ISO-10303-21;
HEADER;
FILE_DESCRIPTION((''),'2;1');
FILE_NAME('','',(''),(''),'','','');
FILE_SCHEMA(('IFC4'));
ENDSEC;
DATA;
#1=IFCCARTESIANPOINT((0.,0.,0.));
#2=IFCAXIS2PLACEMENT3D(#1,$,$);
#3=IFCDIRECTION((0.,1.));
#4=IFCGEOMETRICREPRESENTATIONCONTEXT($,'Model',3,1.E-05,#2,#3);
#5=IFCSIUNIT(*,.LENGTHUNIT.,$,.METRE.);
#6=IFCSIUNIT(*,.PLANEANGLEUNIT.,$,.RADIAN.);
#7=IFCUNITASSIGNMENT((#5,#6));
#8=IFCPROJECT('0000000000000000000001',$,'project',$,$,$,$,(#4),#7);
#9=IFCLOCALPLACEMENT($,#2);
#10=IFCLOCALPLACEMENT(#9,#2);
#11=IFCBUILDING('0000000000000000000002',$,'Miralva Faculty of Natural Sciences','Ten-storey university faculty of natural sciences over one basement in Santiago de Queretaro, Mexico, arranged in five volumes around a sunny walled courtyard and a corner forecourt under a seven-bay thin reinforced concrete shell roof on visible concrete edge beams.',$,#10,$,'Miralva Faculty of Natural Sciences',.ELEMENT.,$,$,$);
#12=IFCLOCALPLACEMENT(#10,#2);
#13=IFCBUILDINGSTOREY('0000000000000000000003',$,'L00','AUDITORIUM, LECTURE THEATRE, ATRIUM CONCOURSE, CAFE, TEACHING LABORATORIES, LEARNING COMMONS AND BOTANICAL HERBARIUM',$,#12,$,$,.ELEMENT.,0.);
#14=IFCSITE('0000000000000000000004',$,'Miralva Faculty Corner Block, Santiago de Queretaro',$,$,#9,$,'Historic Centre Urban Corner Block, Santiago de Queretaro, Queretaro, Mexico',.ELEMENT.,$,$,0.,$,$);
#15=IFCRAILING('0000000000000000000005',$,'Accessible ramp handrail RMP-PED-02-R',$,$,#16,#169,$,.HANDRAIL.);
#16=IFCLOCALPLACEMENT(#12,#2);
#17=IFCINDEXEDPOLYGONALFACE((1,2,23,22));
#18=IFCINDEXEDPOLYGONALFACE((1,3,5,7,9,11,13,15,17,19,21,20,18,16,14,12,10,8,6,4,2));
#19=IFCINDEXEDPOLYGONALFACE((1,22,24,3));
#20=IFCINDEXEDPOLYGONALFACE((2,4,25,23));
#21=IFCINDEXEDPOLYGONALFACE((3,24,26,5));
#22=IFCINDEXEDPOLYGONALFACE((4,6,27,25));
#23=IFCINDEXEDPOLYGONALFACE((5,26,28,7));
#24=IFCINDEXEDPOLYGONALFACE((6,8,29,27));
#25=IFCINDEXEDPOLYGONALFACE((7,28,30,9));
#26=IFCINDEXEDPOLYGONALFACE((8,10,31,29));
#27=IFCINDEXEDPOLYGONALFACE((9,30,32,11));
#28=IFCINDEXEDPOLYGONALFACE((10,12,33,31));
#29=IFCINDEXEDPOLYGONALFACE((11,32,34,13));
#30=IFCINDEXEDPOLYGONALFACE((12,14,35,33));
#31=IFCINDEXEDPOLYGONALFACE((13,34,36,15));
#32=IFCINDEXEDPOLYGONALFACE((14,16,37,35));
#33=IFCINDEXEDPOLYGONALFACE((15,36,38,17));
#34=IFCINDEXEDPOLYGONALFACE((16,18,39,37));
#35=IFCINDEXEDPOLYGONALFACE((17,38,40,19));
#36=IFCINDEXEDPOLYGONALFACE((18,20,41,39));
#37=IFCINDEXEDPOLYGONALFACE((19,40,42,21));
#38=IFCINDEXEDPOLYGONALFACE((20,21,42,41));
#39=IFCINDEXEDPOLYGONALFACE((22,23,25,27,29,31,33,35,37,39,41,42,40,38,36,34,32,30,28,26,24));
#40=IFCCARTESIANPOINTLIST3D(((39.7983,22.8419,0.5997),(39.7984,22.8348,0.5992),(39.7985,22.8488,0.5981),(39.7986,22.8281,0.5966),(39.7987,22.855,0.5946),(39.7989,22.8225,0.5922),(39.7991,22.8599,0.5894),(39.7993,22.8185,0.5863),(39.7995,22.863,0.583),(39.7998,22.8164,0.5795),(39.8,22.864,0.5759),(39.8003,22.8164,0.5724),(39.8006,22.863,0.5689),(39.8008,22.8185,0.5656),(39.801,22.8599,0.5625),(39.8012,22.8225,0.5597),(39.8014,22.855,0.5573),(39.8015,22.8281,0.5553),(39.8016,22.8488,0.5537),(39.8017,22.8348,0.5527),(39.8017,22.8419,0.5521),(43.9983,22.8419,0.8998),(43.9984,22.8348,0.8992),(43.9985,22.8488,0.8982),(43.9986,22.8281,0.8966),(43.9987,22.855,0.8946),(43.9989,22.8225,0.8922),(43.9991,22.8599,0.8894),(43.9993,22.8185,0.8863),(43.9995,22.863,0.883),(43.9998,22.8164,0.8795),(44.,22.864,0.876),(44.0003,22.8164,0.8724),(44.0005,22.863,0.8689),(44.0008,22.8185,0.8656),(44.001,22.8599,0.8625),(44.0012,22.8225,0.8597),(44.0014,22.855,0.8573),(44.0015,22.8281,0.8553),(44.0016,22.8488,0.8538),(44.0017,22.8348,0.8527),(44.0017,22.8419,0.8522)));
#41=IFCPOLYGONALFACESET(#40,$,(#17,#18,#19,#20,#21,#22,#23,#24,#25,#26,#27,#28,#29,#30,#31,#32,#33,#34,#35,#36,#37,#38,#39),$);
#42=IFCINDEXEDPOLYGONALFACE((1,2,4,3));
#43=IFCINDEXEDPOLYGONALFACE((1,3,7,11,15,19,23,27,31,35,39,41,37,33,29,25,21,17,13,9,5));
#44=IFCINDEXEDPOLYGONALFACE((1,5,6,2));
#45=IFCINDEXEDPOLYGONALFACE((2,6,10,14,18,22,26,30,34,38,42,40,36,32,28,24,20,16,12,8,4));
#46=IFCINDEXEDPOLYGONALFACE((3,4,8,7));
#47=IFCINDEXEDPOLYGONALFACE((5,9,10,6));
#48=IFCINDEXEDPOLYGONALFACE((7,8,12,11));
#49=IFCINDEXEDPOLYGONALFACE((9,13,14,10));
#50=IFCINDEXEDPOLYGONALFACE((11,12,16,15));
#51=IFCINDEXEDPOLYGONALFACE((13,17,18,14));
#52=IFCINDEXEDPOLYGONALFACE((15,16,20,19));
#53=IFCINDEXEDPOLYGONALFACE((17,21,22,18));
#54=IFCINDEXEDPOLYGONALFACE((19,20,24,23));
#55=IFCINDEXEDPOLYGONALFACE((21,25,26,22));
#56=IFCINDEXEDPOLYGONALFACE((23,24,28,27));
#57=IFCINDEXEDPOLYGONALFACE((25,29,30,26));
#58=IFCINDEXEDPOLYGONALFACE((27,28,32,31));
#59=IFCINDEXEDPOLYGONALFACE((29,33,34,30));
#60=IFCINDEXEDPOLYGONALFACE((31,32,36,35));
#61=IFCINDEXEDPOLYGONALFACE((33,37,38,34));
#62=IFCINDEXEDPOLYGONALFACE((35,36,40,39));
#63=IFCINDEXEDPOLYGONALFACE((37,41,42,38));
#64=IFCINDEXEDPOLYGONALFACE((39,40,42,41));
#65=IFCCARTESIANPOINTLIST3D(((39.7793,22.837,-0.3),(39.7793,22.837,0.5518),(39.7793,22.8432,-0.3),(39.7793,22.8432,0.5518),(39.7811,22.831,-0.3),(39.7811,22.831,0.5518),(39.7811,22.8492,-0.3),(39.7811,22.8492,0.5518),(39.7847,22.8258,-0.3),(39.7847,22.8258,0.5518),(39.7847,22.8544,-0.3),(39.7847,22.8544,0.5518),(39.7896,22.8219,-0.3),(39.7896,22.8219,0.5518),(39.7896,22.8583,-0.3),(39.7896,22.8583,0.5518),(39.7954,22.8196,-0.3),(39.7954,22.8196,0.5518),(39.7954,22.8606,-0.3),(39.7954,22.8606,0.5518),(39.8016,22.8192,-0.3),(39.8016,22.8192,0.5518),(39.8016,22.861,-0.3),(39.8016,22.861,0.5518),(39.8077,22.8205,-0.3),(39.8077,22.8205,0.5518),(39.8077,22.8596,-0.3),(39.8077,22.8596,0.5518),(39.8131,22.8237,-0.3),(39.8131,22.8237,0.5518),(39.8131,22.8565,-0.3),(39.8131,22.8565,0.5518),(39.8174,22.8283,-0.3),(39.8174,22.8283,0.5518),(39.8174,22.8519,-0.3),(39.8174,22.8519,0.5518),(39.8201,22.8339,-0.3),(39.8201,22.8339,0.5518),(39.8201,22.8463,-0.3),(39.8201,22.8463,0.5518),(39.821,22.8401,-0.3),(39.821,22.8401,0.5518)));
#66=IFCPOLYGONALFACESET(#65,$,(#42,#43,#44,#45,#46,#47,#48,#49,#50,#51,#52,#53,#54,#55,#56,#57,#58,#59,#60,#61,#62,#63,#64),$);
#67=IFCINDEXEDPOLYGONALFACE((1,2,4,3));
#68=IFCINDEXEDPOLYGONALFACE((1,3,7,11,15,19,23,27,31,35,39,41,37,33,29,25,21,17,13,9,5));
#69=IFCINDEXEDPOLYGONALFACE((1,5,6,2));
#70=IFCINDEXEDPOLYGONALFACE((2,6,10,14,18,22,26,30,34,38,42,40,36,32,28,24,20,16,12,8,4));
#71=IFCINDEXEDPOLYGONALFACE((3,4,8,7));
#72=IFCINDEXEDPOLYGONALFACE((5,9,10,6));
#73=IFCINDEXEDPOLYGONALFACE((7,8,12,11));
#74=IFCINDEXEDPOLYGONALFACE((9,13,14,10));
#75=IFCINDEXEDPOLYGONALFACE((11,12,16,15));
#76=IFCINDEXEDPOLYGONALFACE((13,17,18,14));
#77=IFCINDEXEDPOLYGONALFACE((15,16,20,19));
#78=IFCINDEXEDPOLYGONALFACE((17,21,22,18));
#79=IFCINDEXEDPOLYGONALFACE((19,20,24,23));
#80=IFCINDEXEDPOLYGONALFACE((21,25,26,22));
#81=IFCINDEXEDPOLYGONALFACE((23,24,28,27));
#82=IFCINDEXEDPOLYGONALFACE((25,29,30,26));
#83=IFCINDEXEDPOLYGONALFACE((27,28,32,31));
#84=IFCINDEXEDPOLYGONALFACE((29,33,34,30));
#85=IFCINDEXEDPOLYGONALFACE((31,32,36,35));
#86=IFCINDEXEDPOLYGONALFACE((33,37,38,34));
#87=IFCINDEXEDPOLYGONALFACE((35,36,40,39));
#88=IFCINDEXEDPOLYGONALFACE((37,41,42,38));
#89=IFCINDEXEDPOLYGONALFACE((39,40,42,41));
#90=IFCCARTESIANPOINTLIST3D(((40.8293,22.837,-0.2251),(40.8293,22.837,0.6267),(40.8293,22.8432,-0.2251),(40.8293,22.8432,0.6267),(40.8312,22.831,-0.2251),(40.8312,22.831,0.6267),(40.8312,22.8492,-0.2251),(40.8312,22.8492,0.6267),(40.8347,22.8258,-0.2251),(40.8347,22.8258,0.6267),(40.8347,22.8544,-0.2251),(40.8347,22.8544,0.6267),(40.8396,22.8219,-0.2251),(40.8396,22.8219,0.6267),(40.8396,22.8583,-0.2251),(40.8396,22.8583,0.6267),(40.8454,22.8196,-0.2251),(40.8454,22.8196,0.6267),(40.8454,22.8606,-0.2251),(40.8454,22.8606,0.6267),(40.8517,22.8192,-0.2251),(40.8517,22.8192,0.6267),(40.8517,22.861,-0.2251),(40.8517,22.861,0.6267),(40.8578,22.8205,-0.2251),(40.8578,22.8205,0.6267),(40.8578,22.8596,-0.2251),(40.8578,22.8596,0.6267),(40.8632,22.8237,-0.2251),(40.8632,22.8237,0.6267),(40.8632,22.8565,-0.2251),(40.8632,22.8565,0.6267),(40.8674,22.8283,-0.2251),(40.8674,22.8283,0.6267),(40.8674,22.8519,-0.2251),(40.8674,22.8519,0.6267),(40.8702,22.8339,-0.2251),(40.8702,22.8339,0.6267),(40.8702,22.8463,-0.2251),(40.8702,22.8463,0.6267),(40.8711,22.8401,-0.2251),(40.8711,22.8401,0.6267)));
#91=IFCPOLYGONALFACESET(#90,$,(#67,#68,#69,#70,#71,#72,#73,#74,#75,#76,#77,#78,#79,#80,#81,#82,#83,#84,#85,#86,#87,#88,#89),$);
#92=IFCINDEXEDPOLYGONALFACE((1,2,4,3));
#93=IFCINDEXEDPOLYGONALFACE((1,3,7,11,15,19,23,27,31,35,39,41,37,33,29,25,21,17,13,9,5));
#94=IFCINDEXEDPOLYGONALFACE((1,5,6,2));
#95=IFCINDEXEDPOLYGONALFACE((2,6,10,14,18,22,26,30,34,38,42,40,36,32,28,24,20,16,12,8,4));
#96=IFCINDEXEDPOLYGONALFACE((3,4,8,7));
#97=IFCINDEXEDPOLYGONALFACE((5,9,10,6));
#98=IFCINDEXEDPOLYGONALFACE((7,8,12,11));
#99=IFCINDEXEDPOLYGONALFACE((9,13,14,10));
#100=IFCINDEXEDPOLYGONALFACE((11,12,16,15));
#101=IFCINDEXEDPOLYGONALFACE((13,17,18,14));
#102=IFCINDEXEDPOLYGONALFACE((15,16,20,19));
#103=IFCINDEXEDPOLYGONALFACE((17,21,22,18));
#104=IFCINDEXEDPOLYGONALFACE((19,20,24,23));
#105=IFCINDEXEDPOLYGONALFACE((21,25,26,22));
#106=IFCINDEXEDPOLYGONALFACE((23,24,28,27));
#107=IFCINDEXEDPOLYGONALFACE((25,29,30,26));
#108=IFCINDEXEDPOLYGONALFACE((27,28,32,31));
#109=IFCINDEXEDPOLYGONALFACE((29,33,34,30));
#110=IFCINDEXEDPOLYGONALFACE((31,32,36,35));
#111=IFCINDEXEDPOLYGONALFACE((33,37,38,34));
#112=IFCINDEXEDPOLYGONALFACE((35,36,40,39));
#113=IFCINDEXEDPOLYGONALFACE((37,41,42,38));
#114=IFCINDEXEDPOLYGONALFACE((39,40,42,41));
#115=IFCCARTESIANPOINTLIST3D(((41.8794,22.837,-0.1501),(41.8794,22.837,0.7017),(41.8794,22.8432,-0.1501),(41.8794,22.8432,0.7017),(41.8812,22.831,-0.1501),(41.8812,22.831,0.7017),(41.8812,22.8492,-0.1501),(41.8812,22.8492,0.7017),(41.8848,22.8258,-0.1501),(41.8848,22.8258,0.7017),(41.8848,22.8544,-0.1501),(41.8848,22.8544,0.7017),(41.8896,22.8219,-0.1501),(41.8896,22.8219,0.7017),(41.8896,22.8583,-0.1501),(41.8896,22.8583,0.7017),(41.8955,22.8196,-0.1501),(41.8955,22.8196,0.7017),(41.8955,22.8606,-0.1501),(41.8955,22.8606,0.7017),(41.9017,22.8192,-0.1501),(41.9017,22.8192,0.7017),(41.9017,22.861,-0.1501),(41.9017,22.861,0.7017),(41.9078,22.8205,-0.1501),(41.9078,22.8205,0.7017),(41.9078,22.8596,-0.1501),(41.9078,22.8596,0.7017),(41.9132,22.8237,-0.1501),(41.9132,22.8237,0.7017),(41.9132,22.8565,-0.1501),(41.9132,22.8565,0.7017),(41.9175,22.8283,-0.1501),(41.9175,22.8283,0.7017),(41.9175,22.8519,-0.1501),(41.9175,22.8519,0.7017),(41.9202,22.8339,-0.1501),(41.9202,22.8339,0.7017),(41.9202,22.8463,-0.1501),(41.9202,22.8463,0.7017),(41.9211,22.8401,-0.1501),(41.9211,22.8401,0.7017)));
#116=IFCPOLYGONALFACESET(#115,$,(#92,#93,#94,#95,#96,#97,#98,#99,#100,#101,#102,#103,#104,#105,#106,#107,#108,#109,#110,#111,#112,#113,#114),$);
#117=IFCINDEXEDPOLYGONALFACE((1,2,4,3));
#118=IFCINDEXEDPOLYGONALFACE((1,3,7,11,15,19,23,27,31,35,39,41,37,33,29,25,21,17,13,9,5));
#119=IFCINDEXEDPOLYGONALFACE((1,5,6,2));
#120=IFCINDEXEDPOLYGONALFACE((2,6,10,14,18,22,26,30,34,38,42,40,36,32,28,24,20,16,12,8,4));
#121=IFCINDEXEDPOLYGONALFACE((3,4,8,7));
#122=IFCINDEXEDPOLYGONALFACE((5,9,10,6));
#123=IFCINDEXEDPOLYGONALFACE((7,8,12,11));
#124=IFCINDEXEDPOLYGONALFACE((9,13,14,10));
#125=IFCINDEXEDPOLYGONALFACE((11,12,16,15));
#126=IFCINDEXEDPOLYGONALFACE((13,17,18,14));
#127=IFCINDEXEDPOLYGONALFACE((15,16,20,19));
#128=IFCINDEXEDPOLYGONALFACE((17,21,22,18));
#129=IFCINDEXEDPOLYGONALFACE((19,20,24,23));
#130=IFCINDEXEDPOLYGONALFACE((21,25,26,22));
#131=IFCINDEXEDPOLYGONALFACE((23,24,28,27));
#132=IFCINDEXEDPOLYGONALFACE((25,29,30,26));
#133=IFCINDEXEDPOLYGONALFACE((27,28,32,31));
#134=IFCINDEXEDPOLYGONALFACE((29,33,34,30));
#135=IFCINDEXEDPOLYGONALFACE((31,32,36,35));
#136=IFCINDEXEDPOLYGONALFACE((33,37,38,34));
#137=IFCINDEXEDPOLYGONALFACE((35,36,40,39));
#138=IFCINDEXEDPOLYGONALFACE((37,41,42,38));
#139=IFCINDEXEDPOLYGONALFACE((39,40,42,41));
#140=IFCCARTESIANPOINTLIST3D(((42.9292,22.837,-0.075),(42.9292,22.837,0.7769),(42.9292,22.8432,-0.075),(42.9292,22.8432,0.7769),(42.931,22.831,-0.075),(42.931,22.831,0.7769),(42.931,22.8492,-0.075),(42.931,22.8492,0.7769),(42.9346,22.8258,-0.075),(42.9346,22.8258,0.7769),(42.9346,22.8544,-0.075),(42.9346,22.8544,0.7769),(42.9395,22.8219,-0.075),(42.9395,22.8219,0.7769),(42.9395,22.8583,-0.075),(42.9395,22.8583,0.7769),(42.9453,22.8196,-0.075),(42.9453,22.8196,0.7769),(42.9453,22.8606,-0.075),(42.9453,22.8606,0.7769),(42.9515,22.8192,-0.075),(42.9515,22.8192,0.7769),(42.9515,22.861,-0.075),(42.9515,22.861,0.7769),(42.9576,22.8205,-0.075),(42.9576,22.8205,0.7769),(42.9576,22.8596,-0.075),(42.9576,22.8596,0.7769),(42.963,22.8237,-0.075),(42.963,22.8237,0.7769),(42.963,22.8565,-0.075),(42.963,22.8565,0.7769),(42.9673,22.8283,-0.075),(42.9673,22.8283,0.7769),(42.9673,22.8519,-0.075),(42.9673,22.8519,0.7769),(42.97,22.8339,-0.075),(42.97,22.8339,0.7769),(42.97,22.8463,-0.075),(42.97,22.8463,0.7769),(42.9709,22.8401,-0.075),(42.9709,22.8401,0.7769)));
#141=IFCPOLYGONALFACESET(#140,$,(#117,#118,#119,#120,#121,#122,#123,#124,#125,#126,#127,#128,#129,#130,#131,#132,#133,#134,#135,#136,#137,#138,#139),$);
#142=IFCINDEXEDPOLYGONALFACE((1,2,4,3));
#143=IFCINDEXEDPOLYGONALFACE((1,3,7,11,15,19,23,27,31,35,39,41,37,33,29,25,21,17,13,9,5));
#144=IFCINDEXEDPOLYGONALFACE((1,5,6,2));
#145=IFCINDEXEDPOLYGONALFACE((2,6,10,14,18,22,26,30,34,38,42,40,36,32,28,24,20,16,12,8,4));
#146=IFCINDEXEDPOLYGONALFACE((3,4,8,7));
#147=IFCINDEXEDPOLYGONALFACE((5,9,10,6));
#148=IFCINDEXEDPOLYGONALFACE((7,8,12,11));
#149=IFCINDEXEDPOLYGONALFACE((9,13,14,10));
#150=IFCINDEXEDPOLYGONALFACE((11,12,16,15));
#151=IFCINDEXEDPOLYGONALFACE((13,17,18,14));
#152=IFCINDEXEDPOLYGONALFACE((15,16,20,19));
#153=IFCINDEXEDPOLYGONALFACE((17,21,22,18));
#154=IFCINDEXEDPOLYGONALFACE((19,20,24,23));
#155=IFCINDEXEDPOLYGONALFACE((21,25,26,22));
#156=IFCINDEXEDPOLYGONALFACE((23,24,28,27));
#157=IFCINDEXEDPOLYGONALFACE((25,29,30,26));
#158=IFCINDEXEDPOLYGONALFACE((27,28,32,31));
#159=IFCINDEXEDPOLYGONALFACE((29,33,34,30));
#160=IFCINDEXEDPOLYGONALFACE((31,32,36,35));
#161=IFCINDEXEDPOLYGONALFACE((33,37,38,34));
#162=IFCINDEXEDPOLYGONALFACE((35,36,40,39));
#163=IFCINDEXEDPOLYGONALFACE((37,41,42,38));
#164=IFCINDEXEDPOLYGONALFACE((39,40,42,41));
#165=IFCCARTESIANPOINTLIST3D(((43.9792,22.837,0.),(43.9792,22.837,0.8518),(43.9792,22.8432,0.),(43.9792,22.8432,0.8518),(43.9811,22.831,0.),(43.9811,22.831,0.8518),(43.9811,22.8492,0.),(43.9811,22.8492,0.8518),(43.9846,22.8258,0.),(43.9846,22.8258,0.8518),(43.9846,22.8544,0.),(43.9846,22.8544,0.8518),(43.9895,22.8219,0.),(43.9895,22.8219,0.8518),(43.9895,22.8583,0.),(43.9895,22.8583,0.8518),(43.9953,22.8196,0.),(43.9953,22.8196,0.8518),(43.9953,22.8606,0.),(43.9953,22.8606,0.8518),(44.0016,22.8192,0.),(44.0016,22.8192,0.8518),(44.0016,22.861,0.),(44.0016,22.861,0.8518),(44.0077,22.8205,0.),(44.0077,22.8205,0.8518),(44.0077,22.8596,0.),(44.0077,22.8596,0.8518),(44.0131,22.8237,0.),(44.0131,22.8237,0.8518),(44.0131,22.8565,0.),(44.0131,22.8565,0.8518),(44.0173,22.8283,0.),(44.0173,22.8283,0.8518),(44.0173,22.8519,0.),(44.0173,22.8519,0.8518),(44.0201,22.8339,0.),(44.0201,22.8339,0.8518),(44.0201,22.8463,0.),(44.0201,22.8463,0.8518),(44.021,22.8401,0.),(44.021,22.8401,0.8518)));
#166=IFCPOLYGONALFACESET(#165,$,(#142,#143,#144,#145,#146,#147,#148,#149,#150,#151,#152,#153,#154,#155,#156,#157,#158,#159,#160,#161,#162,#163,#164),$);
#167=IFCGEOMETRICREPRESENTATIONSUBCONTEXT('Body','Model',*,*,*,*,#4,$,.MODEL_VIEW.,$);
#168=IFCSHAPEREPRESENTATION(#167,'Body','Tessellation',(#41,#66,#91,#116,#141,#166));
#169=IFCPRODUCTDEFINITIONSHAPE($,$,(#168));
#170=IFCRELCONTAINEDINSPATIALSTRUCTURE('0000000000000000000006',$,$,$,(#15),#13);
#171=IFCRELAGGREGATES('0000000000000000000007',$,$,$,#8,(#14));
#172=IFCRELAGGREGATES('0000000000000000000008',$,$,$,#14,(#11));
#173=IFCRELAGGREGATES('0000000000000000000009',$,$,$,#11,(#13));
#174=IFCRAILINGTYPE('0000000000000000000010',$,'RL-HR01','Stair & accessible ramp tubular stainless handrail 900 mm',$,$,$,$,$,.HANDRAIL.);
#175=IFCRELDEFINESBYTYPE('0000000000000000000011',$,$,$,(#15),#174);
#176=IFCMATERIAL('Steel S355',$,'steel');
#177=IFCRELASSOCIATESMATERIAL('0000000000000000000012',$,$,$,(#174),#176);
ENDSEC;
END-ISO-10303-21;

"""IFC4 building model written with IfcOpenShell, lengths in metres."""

from ifc_helpers import new_model, si_unit, direction, frame, origin, origin_2d, place, context, subcontext, project, spatial, circle, extrude, material, type_object, element, save


model = new_model("IFC4")

# Units and contexts
model_context = context("Model", 3, precision=1e-05, world=origin(), true_north=direction((0.0, 1.0)))
body_context = subcontext(model_context, "Body", "Model", "MODEL_VIEW")
ifc_project = project(units=[si_unit("LENGTHUNIT", "METRE"), si_unit("PLANEANGLEUNIT", "RADIAN")], contexts=[model_context])

# Site, building, storey
site_placement = place(None, origin())
site = spatial("IfcSite", under=ifc_project, at=site_placement, Name="Miralva Faculty Corner Block, Santiago de Queretaro", LongName="Historic Centre Urban Corner Block, Santiago de Queretaro, Queretaro, Mexico", CompositionType="ELEMENT", RefElevation=0.0)
building_placement = place(site_placement, origin())
building = spatial("IfcBuilding", under=site, at=building_placement, Name="Miralva Faculty of Natural Sciences", Description="Ten-storey university faculty of natural sciences over one basement in Santiago de Queretaro, Mexico, arranged in five volumes around a sunny walled courtyard and a corner forecourt under a seven-bay thin reinforced concrete shell roof on visible concrete edge beams.", LongName="Miralva Faculty of Natural Sciences", CompositionType="ELEMENT")
storey_placement = place(building_placement, origin())
storey = spatial("IfcBuildingStorey", under=building, at=storey_placement, Name="L00", Description="AUDITORIUM, LECTURE THEATRE, ATRIUM CONCOURSE, CAFE, TEACHING LABORATORIES, LEARNING COMMONS AND BOTANICAL HERBARIUM", CompositionType="ELEMENT", Elevation=0.0)

# Railing
ifc_material_1 = material(Name="Steel S355", Category="steel")
railing_type = type_object("IfcRailingType", Name="RL-HR01", Description="Stair & accessible ramp tubular stainless handrail 900 mm", PredefinedType="HANDRAIL", material=ifc_material_1)
for number, where, name in (
    (1, (39.8, 22.8401, -0.3), "Accessible ramp handrail RMP-PED-02-R"),
):
    element("IfcRailing", number, at=place(storey_placement, frame(where)), inside=storey, type_object=railing_type, Name=name, PredefinedType="HANDRAIL", context=body_context, shape_type="SweptSolid", body=[
        extrude(circle(Radius=0.0239, at=origin_2d()), frame((0.0, 0.0, 0.876), z_axis=(0.997458, 0.0, 0.071259), x_axis=(0.0, 1.0, 0.0)), (0.0, 0.0, 1.0), 4.2107),
        extrude(circle(Radius=0.021, at=origin_2d()), origin(), (0.0, 0.0, 1.0), 0.8518),
        extrude(circle(Radius=0.021, at=origin_2d()), frame((1.05, 0.0, 0.075)), (0.0, 0.0, 1.0), 0.8518),
        extrude(circle(Radius=0.021, at=origin_2d()), frame((2.1001, 0.0, 0.1499)), (0.0, 0.0, 1.0), 0.8518),
        extrude(circle(Radius=0.021, at=origin_2d()), frame((3.1499, 0.0, 0.2251)), (0.0, 0.0, 1.0), 0.8518),
        extrude(circle(Radius=0.021, at=origin_2d()), frame((4.2, 0.0, 0.3)), (0.0, 0.0, 1.0), 0.8518),
    ])

save(model, "model.ifc")
